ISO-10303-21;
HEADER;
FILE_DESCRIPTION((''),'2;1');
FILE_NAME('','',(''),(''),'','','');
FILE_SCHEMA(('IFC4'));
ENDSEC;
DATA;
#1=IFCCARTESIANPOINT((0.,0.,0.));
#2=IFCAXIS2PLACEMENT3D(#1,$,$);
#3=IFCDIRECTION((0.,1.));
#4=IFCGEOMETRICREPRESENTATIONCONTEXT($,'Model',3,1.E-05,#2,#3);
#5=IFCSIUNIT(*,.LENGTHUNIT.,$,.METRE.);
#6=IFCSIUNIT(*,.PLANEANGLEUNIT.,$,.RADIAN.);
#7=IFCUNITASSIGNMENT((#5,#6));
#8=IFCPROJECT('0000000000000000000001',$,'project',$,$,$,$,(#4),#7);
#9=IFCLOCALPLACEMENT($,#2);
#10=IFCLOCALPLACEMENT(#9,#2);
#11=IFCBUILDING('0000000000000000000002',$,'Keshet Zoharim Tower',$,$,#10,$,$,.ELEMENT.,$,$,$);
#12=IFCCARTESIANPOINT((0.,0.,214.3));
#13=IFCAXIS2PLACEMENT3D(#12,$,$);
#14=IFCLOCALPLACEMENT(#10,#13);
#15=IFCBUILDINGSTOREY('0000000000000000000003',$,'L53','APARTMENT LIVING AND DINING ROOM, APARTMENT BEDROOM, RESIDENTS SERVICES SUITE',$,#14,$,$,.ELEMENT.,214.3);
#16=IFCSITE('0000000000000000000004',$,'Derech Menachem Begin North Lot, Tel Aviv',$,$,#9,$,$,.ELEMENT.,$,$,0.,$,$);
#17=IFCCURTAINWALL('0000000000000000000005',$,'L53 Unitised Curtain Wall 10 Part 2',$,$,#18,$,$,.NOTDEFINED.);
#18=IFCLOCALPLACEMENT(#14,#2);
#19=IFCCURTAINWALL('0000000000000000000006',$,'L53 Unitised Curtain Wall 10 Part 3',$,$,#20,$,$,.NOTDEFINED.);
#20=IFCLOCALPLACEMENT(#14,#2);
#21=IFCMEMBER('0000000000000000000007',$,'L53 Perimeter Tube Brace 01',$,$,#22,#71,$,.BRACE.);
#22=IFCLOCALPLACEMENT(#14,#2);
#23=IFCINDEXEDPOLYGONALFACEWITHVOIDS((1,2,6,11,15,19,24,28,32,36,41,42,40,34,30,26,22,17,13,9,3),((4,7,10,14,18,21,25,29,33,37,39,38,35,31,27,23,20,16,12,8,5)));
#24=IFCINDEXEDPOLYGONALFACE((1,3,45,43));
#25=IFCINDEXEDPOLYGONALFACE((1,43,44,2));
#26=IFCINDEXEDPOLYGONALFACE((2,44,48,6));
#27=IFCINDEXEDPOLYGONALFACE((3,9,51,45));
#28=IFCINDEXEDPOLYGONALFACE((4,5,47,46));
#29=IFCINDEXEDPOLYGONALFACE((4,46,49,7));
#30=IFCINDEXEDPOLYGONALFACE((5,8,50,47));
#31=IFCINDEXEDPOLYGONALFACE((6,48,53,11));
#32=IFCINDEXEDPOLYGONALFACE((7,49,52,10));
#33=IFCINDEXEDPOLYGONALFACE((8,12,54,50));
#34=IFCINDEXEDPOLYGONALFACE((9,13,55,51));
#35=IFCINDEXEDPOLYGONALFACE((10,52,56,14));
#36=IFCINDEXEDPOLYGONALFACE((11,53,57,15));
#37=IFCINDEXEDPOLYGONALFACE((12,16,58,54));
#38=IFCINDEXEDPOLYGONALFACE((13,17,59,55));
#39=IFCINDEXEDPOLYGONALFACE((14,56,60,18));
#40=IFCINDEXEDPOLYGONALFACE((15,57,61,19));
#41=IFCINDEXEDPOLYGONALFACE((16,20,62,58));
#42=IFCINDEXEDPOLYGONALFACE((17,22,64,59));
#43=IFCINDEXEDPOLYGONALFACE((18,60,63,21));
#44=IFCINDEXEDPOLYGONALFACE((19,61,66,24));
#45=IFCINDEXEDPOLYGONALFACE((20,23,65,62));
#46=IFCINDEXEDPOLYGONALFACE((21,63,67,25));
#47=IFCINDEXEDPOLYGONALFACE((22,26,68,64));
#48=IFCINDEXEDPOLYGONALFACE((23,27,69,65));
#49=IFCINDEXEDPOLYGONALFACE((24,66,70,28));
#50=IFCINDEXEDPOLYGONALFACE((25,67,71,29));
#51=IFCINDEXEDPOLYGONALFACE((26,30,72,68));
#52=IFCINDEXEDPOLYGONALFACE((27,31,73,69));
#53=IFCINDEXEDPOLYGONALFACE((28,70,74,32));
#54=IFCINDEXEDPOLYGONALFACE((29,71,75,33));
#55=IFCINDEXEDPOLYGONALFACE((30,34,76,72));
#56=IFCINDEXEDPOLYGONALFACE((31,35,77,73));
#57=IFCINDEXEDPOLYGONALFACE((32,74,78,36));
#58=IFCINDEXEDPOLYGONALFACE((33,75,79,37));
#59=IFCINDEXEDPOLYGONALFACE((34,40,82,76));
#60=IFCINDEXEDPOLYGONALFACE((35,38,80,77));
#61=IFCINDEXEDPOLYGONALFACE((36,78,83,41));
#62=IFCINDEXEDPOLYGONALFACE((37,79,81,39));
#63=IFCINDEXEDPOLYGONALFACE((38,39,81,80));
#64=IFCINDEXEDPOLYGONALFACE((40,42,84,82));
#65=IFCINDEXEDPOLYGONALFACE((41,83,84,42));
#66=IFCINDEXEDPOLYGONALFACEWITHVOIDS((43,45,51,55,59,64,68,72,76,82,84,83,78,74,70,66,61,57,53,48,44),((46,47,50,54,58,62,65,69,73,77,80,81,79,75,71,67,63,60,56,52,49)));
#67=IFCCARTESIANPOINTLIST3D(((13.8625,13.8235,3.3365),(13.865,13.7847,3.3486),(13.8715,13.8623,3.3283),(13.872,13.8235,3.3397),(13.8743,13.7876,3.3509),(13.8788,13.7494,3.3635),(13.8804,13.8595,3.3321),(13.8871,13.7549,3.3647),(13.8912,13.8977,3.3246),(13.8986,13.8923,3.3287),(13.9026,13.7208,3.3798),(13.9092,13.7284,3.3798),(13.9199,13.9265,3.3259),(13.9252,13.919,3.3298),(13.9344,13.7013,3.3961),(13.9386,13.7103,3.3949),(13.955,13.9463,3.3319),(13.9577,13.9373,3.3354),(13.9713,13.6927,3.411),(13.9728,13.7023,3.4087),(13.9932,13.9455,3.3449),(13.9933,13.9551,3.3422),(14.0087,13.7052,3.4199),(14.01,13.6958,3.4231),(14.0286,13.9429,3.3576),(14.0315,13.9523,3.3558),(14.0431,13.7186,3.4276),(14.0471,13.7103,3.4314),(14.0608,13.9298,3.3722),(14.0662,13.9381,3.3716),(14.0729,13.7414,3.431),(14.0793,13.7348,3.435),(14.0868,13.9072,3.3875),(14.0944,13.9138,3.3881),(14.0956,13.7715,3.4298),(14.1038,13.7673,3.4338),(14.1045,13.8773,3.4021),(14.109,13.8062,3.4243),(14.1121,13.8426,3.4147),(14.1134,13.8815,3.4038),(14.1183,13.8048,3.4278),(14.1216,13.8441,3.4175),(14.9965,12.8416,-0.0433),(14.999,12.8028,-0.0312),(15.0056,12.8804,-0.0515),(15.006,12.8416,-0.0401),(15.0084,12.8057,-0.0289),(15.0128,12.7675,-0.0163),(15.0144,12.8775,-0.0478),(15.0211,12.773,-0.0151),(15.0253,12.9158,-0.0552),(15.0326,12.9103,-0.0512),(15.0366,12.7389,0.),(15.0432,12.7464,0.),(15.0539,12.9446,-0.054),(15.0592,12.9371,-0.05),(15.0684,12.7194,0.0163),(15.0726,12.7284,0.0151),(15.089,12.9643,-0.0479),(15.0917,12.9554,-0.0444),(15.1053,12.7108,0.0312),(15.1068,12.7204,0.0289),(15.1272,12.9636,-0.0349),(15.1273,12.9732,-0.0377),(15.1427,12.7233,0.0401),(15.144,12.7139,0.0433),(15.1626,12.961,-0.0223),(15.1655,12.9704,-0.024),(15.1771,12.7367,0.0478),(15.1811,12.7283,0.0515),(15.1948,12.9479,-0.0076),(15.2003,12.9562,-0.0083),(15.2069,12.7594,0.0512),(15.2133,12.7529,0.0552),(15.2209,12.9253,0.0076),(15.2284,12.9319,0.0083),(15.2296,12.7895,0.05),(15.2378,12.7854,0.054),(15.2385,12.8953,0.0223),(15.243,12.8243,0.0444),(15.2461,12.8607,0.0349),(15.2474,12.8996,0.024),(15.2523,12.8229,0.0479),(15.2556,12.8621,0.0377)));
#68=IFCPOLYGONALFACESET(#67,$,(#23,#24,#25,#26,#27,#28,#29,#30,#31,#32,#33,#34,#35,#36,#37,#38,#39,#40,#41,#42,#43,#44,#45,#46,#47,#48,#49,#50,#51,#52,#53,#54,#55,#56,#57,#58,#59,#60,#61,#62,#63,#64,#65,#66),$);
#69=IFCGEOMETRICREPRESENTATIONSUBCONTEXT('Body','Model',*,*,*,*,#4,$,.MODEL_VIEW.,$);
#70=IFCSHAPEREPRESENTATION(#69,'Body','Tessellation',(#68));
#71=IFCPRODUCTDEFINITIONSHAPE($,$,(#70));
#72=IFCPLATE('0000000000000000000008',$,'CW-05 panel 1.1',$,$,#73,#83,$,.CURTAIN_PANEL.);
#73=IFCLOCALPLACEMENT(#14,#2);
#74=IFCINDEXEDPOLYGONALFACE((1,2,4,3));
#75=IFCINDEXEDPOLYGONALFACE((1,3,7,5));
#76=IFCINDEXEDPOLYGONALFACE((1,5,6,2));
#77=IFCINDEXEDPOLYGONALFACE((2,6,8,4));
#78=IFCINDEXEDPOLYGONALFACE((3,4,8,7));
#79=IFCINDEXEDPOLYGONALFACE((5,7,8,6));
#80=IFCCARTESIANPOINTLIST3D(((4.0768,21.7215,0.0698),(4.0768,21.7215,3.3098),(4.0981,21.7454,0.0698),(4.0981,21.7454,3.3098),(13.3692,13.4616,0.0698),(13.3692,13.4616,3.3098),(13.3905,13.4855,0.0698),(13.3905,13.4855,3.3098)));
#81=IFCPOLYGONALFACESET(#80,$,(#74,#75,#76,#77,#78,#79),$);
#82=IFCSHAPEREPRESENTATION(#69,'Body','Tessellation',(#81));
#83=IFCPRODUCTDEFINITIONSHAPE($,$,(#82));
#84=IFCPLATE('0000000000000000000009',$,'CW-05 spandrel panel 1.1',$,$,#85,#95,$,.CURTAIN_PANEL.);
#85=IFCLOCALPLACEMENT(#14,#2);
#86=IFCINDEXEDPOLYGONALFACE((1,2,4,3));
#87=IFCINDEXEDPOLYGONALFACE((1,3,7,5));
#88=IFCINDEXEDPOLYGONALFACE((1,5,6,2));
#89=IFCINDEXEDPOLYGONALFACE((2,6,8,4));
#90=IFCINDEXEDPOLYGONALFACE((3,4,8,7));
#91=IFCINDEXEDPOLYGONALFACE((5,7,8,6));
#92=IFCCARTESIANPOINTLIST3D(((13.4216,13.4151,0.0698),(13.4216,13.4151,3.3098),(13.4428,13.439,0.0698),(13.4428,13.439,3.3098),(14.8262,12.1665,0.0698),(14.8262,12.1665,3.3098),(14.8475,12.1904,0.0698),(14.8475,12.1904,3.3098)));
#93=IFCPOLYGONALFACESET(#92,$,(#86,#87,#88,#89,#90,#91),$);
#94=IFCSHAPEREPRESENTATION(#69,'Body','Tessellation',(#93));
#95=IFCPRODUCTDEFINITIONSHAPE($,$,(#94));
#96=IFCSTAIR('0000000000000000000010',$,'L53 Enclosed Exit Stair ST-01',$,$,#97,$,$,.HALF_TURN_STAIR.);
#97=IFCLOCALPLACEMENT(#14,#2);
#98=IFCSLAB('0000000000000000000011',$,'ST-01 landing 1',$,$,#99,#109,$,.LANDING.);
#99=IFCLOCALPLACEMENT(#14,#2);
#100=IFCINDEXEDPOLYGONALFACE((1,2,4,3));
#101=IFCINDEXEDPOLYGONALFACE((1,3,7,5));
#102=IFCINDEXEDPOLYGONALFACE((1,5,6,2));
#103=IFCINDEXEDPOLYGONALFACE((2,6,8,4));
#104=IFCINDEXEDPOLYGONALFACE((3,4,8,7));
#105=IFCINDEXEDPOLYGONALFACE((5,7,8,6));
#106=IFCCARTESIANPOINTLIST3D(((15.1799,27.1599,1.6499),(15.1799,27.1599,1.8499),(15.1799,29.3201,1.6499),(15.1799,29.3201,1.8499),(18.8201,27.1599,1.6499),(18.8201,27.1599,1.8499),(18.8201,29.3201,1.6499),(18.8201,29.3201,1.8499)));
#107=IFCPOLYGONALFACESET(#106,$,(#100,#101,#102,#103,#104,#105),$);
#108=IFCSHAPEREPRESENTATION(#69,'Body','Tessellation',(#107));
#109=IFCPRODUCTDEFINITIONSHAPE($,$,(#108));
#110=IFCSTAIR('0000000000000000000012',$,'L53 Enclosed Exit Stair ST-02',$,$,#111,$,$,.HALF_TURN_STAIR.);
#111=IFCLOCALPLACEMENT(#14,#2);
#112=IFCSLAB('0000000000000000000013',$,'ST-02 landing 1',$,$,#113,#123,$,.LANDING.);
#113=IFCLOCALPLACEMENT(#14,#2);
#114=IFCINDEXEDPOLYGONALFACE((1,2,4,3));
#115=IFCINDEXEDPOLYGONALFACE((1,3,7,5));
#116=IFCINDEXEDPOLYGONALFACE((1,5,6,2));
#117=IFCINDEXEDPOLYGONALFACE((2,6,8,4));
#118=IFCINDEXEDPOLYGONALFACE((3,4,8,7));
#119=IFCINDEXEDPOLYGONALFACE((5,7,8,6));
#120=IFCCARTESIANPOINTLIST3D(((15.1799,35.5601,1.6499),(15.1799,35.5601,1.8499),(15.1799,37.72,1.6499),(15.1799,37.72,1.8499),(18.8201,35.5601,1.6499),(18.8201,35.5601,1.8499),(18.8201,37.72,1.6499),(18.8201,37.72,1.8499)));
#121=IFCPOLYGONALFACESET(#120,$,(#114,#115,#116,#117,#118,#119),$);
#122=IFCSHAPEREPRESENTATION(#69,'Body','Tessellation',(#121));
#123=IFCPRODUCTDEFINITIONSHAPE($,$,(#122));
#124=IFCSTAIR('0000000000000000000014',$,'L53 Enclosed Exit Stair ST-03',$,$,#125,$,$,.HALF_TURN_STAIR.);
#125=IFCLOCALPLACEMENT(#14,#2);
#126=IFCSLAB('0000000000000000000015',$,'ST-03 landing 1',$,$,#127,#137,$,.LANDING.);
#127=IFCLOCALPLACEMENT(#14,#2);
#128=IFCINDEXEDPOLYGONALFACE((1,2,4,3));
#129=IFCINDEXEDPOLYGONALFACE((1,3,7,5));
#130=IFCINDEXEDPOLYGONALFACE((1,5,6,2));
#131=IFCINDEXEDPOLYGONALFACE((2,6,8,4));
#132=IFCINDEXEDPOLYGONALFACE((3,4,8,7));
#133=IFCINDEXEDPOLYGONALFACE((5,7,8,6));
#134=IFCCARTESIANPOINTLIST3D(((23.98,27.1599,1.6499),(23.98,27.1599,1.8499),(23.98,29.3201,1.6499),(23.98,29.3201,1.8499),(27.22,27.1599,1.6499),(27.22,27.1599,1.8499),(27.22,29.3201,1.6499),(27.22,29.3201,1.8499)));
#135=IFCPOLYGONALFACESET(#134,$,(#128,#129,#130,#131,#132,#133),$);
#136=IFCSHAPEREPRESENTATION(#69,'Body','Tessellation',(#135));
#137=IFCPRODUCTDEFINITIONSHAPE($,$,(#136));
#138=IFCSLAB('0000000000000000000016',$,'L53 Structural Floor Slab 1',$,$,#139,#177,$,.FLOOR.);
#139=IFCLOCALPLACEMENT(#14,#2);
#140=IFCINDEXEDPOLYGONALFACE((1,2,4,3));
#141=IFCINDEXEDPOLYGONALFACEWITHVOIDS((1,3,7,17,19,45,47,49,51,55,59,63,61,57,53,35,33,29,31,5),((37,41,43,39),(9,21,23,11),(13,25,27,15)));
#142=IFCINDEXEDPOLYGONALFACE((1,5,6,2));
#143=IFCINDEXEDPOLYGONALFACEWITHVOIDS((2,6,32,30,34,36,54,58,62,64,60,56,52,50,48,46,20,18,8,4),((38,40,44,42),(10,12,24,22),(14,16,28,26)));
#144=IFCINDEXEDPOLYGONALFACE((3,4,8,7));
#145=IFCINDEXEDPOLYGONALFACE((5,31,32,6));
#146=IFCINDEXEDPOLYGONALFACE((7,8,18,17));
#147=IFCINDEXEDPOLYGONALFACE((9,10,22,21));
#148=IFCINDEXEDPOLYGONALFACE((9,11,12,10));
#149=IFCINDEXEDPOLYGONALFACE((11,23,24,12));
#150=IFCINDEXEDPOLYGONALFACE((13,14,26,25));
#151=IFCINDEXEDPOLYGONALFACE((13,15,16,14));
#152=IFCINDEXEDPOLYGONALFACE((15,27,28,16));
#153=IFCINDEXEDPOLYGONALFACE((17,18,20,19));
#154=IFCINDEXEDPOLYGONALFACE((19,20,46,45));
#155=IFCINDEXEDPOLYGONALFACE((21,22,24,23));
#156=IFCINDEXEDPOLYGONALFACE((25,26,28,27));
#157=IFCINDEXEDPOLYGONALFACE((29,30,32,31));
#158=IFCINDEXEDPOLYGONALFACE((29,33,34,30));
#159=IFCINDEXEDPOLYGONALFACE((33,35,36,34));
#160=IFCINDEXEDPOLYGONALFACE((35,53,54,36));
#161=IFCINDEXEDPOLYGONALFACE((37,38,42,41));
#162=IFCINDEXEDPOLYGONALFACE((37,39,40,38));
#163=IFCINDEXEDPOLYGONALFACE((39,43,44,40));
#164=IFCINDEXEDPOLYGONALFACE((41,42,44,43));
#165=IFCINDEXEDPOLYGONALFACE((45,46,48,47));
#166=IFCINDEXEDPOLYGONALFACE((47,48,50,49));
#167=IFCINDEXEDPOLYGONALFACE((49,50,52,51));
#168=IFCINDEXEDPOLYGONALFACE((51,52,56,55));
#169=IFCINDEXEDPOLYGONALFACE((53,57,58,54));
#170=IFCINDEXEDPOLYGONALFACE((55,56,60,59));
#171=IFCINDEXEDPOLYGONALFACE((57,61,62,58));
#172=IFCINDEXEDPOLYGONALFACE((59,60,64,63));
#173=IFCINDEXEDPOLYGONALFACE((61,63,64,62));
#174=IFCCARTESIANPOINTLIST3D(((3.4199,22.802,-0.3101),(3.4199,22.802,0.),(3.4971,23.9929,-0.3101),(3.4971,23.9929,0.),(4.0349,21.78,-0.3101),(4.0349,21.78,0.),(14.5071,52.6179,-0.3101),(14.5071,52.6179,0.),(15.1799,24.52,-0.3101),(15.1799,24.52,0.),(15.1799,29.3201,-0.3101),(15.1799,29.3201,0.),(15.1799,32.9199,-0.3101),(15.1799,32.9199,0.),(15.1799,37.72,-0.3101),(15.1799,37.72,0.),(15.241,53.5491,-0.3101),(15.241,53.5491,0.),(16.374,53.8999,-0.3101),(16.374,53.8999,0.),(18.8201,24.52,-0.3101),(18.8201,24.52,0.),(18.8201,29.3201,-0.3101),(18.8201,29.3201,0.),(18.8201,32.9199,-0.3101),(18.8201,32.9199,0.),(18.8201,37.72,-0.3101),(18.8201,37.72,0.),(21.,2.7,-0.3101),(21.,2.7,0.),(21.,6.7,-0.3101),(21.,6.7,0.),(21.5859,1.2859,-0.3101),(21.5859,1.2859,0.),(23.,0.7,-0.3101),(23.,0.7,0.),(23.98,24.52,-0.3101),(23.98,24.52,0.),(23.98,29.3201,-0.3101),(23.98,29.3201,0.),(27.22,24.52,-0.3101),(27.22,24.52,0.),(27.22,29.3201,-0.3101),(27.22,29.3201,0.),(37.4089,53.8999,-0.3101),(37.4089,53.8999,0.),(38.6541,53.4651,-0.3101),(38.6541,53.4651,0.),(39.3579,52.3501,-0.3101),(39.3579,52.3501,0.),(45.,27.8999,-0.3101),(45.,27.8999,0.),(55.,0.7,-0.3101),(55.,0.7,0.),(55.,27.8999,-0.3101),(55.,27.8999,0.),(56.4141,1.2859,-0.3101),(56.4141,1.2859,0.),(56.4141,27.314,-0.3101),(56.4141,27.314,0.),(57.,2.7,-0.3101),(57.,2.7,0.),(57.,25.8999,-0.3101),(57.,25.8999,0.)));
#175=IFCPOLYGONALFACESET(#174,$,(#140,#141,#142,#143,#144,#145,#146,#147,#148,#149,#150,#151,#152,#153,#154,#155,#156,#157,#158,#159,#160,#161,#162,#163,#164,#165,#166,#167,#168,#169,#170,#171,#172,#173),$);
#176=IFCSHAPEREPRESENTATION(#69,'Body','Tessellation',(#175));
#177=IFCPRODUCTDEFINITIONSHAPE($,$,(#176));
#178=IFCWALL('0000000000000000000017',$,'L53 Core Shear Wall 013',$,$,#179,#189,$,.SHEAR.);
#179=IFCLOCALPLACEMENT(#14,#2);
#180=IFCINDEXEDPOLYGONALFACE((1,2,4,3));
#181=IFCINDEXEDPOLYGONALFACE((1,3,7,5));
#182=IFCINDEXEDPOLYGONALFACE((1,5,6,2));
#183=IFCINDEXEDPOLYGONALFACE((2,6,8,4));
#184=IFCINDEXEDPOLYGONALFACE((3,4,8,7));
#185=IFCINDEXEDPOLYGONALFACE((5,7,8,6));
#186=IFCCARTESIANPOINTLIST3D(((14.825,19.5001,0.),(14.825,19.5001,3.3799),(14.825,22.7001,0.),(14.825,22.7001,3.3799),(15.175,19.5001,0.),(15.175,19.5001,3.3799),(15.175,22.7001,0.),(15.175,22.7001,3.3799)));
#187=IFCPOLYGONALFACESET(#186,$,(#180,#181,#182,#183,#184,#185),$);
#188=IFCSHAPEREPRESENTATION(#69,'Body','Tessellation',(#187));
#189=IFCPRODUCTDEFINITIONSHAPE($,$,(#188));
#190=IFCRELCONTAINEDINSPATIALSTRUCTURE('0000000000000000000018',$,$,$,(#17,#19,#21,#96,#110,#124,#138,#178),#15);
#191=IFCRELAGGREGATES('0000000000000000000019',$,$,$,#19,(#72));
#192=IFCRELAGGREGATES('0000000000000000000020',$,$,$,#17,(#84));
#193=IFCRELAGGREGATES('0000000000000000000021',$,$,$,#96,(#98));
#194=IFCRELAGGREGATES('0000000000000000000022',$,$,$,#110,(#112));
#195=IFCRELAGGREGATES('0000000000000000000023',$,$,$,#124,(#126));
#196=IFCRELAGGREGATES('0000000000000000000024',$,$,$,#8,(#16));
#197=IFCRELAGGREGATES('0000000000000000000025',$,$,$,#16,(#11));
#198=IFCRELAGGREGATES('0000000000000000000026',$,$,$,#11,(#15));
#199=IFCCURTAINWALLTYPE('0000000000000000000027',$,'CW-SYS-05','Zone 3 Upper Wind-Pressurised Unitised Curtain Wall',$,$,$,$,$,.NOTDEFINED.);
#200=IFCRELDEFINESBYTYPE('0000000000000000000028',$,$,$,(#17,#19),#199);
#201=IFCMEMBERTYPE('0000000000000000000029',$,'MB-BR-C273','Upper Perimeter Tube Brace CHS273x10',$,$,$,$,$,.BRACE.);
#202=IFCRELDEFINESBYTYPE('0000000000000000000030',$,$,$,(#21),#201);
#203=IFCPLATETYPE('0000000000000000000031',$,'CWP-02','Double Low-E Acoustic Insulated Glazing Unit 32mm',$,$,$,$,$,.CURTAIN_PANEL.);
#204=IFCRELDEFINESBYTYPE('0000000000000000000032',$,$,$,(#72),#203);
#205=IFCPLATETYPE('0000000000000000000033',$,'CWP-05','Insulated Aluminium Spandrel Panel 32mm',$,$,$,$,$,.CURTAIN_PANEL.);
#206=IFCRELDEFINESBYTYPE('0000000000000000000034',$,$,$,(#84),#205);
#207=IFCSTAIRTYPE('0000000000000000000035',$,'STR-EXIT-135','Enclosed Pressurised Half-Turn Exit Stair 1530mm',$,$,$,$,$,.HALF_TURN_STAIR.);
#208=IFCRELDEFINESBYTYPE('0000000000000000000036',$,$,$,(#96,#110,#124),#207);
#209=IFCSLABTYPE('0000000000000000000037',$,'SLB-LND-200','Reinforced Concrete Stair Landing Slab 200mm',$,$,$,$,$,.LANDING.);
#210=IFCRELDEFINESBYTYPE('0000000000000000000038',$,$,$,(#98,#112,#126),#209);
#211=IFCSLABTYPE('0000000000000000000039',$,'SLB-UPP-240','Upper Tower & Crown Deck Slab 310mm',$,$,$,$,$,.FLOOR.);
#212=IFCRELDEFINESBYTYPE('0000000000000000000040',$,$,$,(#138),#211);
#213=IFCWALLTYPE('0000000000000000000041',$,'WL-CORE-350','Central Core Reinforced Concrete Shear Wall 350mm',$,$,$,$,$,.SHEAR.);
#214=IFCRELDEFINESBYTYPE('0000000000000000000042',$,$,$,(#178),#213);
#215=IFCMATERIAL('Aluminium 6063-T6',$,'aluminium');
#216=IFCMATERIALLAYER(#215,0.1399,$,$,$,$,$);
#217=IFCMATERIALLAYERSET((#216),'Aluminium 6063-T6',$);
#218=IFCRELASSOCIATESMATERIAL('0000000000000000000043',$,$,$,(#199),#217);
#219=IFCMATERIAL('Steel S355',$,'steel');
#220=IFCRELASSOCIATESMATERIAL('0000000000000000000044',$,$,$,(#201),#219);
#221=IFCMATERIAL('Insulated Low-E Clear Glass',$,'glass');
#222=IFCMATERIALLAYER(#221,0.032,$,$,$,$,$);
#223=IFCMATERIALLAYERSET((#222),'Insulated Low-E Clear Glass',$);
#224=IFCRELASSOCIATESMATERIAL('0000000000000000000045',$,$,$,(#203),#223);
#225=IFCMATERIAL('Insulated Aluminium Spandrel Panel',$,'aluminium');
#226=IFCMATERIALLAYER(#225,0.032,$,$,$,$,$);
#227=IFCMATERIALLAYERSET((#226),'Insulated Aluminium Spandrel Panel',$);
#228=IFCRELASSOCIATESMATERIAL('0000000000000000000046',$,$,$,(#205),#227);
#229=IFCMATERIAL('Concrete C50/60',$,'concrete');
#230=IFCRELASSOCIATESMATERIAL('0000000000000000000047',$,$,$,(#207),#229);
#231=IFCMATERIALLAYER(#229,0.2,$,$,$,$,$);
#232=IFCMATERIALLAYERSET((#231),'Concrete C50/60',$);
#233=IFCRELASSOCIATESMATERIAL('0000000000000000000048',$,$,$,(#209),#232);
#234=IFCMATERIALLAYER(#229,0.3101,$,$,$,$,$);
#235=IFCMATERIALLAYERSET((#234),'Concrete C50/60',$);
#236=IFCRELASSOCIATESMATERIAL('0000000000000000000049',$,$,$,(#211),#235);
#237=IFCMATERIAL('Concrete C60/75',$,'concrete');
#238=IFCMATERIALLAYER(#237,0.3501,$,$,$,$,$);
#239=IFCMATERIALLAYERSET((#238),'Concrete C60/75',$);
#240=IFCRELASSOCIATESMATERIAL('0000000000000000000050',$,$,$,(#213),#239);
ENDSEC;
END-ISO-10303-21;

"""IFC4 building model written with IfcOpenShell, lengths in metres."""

from ifc_helpers import new_model, si_unit, direction, frame, frame_2d, origin, origin_2d, place, context, subcontext, project, spatial, polyline, rectangle, hollow_circle, outline, extrude, material, layer, layer_set, material_profile, profile_set, type_object, element, aggregate, save


model = new_model("IFC4")

# Units and contexts
model_context = context("Model", 3, precision=1e-05, world=origin(), true_north=direction((0.0, 1.0)))
body_context = subcontext(model_context, "Body", "Model", "MODEL_VIEW")
ifc_project = project(units=[si_unit("LENGTHUNIT", "METRE"), si_unit("PLANEANGLEUNIT", "RADIAN")], contexts=[model_context])

# Site, building, storey
site_placement = place(None, origin())
site = spatial("IfcSite", under=ifc_project, at=site_placement, Name="Derech Menachem Begin North Lot, Tel Aviv", CompositionType="ELEMENT", RefElevation=0.0)
building_placement = place(site_placement, origin())
building = spatial("IfcBuilding", under=site, at=building_placement, Name="Keshet Zoharim Tower", CompositionType="ELEMENT")
storey_placement = place(building_placement, frame((0.0, 0.0, 214.3)))
storey = spatial("IfcBuildingStorey", under=building, at=storey_placement, Name="L53", Description="APARTMENT LIVING AND DINING ROOM, APARTMENT BEDROOM, RESIDENTS SERVICES SUITE", CompositionType="ELEMENT", Elevation=214.3)

# Shared definitions
ifc_material_1 = material(Name="Steel S355", Category="steel")
ifc_material_2 = material(Name="Concrete C50/60", Category="concrete")

# Shared definitions
ifc_material_3 = material(Name="Aluminium 6063-T6", Category="aluminium")
ifc_layer_1 = layer(ifc_material_3, 0.1399)
ifc_layer_set_1 = layer_set([ifc_layer_1], Name="Aluminium 6063-T6")
curtain_wall_type = type_object("IfcCurtainWallType", Name="CW-SYS-05", Description="Zone 3 Upper Wind-Pressurised Unitised Curtain Wall", PredefinedType="NOTDEFINED", material=ifc_layer_set_1)

# Curtain walls
curtain_wall_1_placement = place(storey_placement, origin())
curtain_wall_1 = element("IfcCurtainWall", 1, at=curtain_wall_1_placement, inside=storey, type_object=curtain_wall_type, Name="L53 Unitised Curtain Wall 10 Part 2", PredefinedType="NOTDEFINED")
curtain_wall_2_placement = place(storey_placement, origin())
curtain_wall_2 = element("IfcCurtainWall", 2, at=curtain_wall_2_placement, inside=storey, type_object=curtain_wall_type, Name="L53 Unitised Curtain Wall 10 Part 3", PredefinedType="NOTDEFINED")

# Member
ifc_material_profile_1 = material_profile(ifc_material_1, hollow_circle(Radius=0.1365, WallThickness=0.01, at=origin_2d()), Name="CHS273x10")
ifc_profile_set_1 = profile_set([ifc_material_profile_1], Name="Steel S355")
member_type_1 = type_object("IfcMemberType", Name="MB-BR-C273", Description="Upper Perimeter Tube Brace CHS273x10", PredefinedType="BRACE", material=ifc_profile_set_1)
member_1_placement = place(storey_placement, frame((15.126, 12.842, 0.0), z_axis=(-0.306677, 0.265544, 0.914022), x_axis=(-0.65459, -0.755984, 0.0)))
element("IfcMember", 3, at=member_1_placement, inside=storey, type_object=member_type_1, Name="L53 Perimeter Tube Brace 01", PredefinedType="BRACE", context=body_context, shape_type="SweptSolid", body=[
    extrude(hollow_circle(Radius=0.1365, WallThickness=0.01, at=origin_2d()), origin(), (0.0, 0.0, 1.0), 3.6978),
])

# Plates
ifc_material_4 = material(Name="Insulated Low-E Clear Glass", Category="glass")
ifc_layer_2 = layer(ifc_material_4, 0.032)
ifc_layer_set_2 = layer_set([ifc_layer_2], Name="Insulated Low-E Clear Glass")
plate_type_1 = type_object("IfcPlateType", Name="CWP-02", Description="Double Low-E Acoustic Insulated Glazing Unit 32mm", PredefinedType="CURTAIN_PANEL", material=ifc_layer_set_2)
plate_1_placement = place(storey_placement, frame((8.7336, 17.6035, 0.0698), z_axis=(0.0, 0.0, 1.0), x_axis=(-0.747409, 0.664364, 0.0)))
plate_1 = element("IfcPlate", 4, at=plate_1_placement, type_object=plate_type_1, Name="CW-05 panel 1.1", PredefinedType="CURTAIN_PANEL", context=body_context, shape_type="SweptSolid", body=[
    extrude(rectangle(XDim=12.4329, YDim=0.032, at=origin_2d()), origin(), (0.0, 0.0, 1.0), 3.24),
])
aggregate(curtain_wall_2, [plate_1])
ifc_material_5 = material(Name="Insulated Aluminium Spandrel Panel", Category="aluminium")
ifc_layer_3 = layer(ifc_material_5, 0.032)
ifc_layer_set_3 = layer_set([ifc_layer_3], Name="Insulated Aluminium Spandrel Panel")
plate_type_2 = type_object("IfcPlateType", Name="CWP-05", Description="Insulated Aluminium Spandrel Panel 32mm", PredefinedType="CURTAIN_PANEL", material=ifc_layer_set_3)
plate_2_placement = place(storey_placement, frame((14.1345, 12.8027, 0.0698), z_axis=(0.0, 0.0, 1.0), x_axis=(-0.747412, 0.664361, 0.0)))
plate_2 = element("IfcPlate", 5, at=plate_2_placement, type_object=plate_type_2, Name="CW-05 spandrel panel 1.1", PredefinedType="CURTAIN_PANEL", context=body_context, shape_type="SweptSolid", body=[
    extrude(rectangle(XDim=1.8794, YDim=0.032, at=origin_2d()), origin(), (0.0, 0.0, 1.0), 3.24),
])
aggregate(curtain_wall_1, [plate_2])

# Stairs, slabs
stair_type = type_object("IfcStairType", Name="STR-EXIT-135", Description="Enclosed Pressurised Half-Turn Exit Stair 1530mm", PredefinedType="HALF_TURN_STAIR", material=ifc_material_2)
stair_1_placement = place(storey_placement, origin())
stair_1 = element("IfcStair", 6, at=stair_1_placement, inside=storey, type_object=stair_type, Name="L53 Enclosed Exit Stair ST-01", PredefinedType="HALF_TURN_STAIR")
ifc_layer_4 = layer(ifc_material_2, 0.2)
ifc_layer_set_4 = layer_set([ifc_layer_4], Name="Concrete C50/60")
slab_type_1 = type_object("IfcSlabType", Name="SLB-LND-200", Description="Reinforced Concrete Stair Landing Slab 200mm", PredefinedType="LANDING", material=ifc_layer_set_4)
slab_1_placement = place(storey_placement, frame((0.0, 0.0, 1.6499)))
slab_1 = element("IfcSlab", 7, at=slab_1_placement, type_object=slab_type_1, Name="ST-01 landing 1", PredefinedType="LANDING", context=body_context, shape_type="SweptSolid", body=[
    extrude(outline(polyline([(15.1799, 27.1599), (18.8201, 27.1599), (18.8201, 29.3201), (15.1799, 29.3201), (15.1799, 27.1599)])), origin(), (0.0, 0.0, 1.0), 0.2),
])
aggregate(stair_1, [slab_1])
stair_2_placement = place(storey_placement, origin())
stair_2 = element("IfcStair", 8, at=stair_2_placement, inside=storey, type_object=stair_type, Name="L53 Enclosed Exit Stair ST-02", PredefinedType="HALF_TURN_STAIR")
slab_2_placement = place(storey_placement, frame((0.0, 0.0, 1.6499)))
slab_2 = element("IfcSlab", 9, at=slab_2_placement, type_object=slab_type_1, Name="ST-02 landing 1", PredefinedType="LANDING", context=body_context, shape_type="SweptSolid", body=[
    extrude(outline(polyline([(15.1799, 35.5601), (18.8201, 35.5601), (18.8201, 37.72), (15.1799, 37.72), (15.1799, 35.5601)])), origin(), (0.0, 0.0, 1.0), 0.2),
])
aggregate(stair_2, [slab_2])
stair_3_placement = place(storey_placement, origin())
stair_3 = element("IfcStair", 10, at=stair_3_placement, inside=storey, type_object=stair_type, Name="L53 Enclosed Exit Stair ST-03", PredefinedType="HALF_TURN_STAIR")
slab_3_placement = place(storey_placement, frame((0.0, 0.0, 1.6499)))
slab_3 = element("IfcSlab", 11, at=slab_3_placement, type_object=slab_type_1, Name="ST-03 landing 1", PredefinedType="LANDING", context=body_context, shape_type="SweptSolid", body=[
    extrude(outline(polyline([(23.98, 27.1599), (27.22, 27.1599), (27.22, 29.3201), (23.98, 29.3201), (23.98, 27.1599)])), origin(), (0.0, 0.0, 1.0), 0.2),
])
aggregate(stair_3, [slab_3])

# Slab
ifc_layer_5 = layer(ifc_material_2, 0.3101)
ifc_layer_set_5 = layer_set([ifc_layer_5], Name="Concrete C50/60")
slab_type_2 = type_object("IfcSlabType", Name="SLB-UPP-240", Description="Upper Tower & Crown Deck Slab 310mm", PredefinedType="FLOOR", material=ifc_layer_set_5)
slab_4_placement = place(storey_placement, frame((0.0, 0.0, -0.3101)))
element("IfcSlab", 12, at=slab_4_placement, inside=storey, type_object=slab_type_2, Name="L53 Structural Floor Slab 1", PredefinedType="FLOOR", context=body_context, shape_type="SweptSolid", body=[
    extrude(outline(polyline([(55.0, 27.8999), (56.4141, 27.314), (57.0, 25.8999), (57.0, 2.7), (56.4141, 1.2859), (55.0, 0.7), (23.0, 0.7), (21.5859, 1.2859), (21.0, 2.7), (21.0, 6.7), (4.0349, 21.78), (3.4199, 22.802), (3.4971, 23.9929), (14.5071, 52.6179), (15.241, 53.5491), (16.374, 53.8999), (37.4089, 53.8999), (38.6541, 53.4651), (39.3579, 52.3501), (45.0, 27.8999), (55.0, 27.8999)]), holes=[polyline([(15.1799, 24.52), (18.8201, 24.52), (18.8201, 29.3201), (15.1799, 29.3201), (15.1799, 24.52)]), polyline([(15.1799, 32.9199), (18.8201, 32.9199), (18.8201, 37.72), (15.1799, 37.72), (15.1799, 32.9199)]), polyline([(23.98, 24.52), (27.22, 24.52), (27.22, 29.3201), (23.98, 29.3201), (23.98, 24.52)])]), origin(), (0.0, 0.0, 1.0), 0.3101),
])

# Wall
ifc_material_6 = material(Name="Concrete C60/75", Category="concrete")
ifc_layer_6 = layer(ifc_material_6, 0.3501)
ifc_layer_set_6 = layer_set([ifc_layer_6], Name="Concrete C60/75")
wall_type_1 = type_object("IfcWallType", Name="WL-CORE-350", Description="Central Core Reinforced Concrete Shear Wall 350mm", PredefinedType="SHEAR", material=ifc_layer_set_6)
wall_1_placement = place(storey_placement, frame((15.0, 19.5, 0.0), z_axis=(0.0, 0.0, 1.0), x_axis=(0.0, 1.0, 0.0)))
element("IfcWall", 13, at=wall_1_placement, inside=storey, type_object=wall_type_1, Name="L53 Core Shear Wall 013", PredefinedType="SHEAR", context=body_context, shape_type="SweptSolid", body=[
    extrude(rectangle(XDim=3.2, YDim=0.3501, at=frame_2d((1.6001, 0.0))), origin(), (0.0, 0.0, 1.0), 3.3799),
])

save(model, "model.ifc")
